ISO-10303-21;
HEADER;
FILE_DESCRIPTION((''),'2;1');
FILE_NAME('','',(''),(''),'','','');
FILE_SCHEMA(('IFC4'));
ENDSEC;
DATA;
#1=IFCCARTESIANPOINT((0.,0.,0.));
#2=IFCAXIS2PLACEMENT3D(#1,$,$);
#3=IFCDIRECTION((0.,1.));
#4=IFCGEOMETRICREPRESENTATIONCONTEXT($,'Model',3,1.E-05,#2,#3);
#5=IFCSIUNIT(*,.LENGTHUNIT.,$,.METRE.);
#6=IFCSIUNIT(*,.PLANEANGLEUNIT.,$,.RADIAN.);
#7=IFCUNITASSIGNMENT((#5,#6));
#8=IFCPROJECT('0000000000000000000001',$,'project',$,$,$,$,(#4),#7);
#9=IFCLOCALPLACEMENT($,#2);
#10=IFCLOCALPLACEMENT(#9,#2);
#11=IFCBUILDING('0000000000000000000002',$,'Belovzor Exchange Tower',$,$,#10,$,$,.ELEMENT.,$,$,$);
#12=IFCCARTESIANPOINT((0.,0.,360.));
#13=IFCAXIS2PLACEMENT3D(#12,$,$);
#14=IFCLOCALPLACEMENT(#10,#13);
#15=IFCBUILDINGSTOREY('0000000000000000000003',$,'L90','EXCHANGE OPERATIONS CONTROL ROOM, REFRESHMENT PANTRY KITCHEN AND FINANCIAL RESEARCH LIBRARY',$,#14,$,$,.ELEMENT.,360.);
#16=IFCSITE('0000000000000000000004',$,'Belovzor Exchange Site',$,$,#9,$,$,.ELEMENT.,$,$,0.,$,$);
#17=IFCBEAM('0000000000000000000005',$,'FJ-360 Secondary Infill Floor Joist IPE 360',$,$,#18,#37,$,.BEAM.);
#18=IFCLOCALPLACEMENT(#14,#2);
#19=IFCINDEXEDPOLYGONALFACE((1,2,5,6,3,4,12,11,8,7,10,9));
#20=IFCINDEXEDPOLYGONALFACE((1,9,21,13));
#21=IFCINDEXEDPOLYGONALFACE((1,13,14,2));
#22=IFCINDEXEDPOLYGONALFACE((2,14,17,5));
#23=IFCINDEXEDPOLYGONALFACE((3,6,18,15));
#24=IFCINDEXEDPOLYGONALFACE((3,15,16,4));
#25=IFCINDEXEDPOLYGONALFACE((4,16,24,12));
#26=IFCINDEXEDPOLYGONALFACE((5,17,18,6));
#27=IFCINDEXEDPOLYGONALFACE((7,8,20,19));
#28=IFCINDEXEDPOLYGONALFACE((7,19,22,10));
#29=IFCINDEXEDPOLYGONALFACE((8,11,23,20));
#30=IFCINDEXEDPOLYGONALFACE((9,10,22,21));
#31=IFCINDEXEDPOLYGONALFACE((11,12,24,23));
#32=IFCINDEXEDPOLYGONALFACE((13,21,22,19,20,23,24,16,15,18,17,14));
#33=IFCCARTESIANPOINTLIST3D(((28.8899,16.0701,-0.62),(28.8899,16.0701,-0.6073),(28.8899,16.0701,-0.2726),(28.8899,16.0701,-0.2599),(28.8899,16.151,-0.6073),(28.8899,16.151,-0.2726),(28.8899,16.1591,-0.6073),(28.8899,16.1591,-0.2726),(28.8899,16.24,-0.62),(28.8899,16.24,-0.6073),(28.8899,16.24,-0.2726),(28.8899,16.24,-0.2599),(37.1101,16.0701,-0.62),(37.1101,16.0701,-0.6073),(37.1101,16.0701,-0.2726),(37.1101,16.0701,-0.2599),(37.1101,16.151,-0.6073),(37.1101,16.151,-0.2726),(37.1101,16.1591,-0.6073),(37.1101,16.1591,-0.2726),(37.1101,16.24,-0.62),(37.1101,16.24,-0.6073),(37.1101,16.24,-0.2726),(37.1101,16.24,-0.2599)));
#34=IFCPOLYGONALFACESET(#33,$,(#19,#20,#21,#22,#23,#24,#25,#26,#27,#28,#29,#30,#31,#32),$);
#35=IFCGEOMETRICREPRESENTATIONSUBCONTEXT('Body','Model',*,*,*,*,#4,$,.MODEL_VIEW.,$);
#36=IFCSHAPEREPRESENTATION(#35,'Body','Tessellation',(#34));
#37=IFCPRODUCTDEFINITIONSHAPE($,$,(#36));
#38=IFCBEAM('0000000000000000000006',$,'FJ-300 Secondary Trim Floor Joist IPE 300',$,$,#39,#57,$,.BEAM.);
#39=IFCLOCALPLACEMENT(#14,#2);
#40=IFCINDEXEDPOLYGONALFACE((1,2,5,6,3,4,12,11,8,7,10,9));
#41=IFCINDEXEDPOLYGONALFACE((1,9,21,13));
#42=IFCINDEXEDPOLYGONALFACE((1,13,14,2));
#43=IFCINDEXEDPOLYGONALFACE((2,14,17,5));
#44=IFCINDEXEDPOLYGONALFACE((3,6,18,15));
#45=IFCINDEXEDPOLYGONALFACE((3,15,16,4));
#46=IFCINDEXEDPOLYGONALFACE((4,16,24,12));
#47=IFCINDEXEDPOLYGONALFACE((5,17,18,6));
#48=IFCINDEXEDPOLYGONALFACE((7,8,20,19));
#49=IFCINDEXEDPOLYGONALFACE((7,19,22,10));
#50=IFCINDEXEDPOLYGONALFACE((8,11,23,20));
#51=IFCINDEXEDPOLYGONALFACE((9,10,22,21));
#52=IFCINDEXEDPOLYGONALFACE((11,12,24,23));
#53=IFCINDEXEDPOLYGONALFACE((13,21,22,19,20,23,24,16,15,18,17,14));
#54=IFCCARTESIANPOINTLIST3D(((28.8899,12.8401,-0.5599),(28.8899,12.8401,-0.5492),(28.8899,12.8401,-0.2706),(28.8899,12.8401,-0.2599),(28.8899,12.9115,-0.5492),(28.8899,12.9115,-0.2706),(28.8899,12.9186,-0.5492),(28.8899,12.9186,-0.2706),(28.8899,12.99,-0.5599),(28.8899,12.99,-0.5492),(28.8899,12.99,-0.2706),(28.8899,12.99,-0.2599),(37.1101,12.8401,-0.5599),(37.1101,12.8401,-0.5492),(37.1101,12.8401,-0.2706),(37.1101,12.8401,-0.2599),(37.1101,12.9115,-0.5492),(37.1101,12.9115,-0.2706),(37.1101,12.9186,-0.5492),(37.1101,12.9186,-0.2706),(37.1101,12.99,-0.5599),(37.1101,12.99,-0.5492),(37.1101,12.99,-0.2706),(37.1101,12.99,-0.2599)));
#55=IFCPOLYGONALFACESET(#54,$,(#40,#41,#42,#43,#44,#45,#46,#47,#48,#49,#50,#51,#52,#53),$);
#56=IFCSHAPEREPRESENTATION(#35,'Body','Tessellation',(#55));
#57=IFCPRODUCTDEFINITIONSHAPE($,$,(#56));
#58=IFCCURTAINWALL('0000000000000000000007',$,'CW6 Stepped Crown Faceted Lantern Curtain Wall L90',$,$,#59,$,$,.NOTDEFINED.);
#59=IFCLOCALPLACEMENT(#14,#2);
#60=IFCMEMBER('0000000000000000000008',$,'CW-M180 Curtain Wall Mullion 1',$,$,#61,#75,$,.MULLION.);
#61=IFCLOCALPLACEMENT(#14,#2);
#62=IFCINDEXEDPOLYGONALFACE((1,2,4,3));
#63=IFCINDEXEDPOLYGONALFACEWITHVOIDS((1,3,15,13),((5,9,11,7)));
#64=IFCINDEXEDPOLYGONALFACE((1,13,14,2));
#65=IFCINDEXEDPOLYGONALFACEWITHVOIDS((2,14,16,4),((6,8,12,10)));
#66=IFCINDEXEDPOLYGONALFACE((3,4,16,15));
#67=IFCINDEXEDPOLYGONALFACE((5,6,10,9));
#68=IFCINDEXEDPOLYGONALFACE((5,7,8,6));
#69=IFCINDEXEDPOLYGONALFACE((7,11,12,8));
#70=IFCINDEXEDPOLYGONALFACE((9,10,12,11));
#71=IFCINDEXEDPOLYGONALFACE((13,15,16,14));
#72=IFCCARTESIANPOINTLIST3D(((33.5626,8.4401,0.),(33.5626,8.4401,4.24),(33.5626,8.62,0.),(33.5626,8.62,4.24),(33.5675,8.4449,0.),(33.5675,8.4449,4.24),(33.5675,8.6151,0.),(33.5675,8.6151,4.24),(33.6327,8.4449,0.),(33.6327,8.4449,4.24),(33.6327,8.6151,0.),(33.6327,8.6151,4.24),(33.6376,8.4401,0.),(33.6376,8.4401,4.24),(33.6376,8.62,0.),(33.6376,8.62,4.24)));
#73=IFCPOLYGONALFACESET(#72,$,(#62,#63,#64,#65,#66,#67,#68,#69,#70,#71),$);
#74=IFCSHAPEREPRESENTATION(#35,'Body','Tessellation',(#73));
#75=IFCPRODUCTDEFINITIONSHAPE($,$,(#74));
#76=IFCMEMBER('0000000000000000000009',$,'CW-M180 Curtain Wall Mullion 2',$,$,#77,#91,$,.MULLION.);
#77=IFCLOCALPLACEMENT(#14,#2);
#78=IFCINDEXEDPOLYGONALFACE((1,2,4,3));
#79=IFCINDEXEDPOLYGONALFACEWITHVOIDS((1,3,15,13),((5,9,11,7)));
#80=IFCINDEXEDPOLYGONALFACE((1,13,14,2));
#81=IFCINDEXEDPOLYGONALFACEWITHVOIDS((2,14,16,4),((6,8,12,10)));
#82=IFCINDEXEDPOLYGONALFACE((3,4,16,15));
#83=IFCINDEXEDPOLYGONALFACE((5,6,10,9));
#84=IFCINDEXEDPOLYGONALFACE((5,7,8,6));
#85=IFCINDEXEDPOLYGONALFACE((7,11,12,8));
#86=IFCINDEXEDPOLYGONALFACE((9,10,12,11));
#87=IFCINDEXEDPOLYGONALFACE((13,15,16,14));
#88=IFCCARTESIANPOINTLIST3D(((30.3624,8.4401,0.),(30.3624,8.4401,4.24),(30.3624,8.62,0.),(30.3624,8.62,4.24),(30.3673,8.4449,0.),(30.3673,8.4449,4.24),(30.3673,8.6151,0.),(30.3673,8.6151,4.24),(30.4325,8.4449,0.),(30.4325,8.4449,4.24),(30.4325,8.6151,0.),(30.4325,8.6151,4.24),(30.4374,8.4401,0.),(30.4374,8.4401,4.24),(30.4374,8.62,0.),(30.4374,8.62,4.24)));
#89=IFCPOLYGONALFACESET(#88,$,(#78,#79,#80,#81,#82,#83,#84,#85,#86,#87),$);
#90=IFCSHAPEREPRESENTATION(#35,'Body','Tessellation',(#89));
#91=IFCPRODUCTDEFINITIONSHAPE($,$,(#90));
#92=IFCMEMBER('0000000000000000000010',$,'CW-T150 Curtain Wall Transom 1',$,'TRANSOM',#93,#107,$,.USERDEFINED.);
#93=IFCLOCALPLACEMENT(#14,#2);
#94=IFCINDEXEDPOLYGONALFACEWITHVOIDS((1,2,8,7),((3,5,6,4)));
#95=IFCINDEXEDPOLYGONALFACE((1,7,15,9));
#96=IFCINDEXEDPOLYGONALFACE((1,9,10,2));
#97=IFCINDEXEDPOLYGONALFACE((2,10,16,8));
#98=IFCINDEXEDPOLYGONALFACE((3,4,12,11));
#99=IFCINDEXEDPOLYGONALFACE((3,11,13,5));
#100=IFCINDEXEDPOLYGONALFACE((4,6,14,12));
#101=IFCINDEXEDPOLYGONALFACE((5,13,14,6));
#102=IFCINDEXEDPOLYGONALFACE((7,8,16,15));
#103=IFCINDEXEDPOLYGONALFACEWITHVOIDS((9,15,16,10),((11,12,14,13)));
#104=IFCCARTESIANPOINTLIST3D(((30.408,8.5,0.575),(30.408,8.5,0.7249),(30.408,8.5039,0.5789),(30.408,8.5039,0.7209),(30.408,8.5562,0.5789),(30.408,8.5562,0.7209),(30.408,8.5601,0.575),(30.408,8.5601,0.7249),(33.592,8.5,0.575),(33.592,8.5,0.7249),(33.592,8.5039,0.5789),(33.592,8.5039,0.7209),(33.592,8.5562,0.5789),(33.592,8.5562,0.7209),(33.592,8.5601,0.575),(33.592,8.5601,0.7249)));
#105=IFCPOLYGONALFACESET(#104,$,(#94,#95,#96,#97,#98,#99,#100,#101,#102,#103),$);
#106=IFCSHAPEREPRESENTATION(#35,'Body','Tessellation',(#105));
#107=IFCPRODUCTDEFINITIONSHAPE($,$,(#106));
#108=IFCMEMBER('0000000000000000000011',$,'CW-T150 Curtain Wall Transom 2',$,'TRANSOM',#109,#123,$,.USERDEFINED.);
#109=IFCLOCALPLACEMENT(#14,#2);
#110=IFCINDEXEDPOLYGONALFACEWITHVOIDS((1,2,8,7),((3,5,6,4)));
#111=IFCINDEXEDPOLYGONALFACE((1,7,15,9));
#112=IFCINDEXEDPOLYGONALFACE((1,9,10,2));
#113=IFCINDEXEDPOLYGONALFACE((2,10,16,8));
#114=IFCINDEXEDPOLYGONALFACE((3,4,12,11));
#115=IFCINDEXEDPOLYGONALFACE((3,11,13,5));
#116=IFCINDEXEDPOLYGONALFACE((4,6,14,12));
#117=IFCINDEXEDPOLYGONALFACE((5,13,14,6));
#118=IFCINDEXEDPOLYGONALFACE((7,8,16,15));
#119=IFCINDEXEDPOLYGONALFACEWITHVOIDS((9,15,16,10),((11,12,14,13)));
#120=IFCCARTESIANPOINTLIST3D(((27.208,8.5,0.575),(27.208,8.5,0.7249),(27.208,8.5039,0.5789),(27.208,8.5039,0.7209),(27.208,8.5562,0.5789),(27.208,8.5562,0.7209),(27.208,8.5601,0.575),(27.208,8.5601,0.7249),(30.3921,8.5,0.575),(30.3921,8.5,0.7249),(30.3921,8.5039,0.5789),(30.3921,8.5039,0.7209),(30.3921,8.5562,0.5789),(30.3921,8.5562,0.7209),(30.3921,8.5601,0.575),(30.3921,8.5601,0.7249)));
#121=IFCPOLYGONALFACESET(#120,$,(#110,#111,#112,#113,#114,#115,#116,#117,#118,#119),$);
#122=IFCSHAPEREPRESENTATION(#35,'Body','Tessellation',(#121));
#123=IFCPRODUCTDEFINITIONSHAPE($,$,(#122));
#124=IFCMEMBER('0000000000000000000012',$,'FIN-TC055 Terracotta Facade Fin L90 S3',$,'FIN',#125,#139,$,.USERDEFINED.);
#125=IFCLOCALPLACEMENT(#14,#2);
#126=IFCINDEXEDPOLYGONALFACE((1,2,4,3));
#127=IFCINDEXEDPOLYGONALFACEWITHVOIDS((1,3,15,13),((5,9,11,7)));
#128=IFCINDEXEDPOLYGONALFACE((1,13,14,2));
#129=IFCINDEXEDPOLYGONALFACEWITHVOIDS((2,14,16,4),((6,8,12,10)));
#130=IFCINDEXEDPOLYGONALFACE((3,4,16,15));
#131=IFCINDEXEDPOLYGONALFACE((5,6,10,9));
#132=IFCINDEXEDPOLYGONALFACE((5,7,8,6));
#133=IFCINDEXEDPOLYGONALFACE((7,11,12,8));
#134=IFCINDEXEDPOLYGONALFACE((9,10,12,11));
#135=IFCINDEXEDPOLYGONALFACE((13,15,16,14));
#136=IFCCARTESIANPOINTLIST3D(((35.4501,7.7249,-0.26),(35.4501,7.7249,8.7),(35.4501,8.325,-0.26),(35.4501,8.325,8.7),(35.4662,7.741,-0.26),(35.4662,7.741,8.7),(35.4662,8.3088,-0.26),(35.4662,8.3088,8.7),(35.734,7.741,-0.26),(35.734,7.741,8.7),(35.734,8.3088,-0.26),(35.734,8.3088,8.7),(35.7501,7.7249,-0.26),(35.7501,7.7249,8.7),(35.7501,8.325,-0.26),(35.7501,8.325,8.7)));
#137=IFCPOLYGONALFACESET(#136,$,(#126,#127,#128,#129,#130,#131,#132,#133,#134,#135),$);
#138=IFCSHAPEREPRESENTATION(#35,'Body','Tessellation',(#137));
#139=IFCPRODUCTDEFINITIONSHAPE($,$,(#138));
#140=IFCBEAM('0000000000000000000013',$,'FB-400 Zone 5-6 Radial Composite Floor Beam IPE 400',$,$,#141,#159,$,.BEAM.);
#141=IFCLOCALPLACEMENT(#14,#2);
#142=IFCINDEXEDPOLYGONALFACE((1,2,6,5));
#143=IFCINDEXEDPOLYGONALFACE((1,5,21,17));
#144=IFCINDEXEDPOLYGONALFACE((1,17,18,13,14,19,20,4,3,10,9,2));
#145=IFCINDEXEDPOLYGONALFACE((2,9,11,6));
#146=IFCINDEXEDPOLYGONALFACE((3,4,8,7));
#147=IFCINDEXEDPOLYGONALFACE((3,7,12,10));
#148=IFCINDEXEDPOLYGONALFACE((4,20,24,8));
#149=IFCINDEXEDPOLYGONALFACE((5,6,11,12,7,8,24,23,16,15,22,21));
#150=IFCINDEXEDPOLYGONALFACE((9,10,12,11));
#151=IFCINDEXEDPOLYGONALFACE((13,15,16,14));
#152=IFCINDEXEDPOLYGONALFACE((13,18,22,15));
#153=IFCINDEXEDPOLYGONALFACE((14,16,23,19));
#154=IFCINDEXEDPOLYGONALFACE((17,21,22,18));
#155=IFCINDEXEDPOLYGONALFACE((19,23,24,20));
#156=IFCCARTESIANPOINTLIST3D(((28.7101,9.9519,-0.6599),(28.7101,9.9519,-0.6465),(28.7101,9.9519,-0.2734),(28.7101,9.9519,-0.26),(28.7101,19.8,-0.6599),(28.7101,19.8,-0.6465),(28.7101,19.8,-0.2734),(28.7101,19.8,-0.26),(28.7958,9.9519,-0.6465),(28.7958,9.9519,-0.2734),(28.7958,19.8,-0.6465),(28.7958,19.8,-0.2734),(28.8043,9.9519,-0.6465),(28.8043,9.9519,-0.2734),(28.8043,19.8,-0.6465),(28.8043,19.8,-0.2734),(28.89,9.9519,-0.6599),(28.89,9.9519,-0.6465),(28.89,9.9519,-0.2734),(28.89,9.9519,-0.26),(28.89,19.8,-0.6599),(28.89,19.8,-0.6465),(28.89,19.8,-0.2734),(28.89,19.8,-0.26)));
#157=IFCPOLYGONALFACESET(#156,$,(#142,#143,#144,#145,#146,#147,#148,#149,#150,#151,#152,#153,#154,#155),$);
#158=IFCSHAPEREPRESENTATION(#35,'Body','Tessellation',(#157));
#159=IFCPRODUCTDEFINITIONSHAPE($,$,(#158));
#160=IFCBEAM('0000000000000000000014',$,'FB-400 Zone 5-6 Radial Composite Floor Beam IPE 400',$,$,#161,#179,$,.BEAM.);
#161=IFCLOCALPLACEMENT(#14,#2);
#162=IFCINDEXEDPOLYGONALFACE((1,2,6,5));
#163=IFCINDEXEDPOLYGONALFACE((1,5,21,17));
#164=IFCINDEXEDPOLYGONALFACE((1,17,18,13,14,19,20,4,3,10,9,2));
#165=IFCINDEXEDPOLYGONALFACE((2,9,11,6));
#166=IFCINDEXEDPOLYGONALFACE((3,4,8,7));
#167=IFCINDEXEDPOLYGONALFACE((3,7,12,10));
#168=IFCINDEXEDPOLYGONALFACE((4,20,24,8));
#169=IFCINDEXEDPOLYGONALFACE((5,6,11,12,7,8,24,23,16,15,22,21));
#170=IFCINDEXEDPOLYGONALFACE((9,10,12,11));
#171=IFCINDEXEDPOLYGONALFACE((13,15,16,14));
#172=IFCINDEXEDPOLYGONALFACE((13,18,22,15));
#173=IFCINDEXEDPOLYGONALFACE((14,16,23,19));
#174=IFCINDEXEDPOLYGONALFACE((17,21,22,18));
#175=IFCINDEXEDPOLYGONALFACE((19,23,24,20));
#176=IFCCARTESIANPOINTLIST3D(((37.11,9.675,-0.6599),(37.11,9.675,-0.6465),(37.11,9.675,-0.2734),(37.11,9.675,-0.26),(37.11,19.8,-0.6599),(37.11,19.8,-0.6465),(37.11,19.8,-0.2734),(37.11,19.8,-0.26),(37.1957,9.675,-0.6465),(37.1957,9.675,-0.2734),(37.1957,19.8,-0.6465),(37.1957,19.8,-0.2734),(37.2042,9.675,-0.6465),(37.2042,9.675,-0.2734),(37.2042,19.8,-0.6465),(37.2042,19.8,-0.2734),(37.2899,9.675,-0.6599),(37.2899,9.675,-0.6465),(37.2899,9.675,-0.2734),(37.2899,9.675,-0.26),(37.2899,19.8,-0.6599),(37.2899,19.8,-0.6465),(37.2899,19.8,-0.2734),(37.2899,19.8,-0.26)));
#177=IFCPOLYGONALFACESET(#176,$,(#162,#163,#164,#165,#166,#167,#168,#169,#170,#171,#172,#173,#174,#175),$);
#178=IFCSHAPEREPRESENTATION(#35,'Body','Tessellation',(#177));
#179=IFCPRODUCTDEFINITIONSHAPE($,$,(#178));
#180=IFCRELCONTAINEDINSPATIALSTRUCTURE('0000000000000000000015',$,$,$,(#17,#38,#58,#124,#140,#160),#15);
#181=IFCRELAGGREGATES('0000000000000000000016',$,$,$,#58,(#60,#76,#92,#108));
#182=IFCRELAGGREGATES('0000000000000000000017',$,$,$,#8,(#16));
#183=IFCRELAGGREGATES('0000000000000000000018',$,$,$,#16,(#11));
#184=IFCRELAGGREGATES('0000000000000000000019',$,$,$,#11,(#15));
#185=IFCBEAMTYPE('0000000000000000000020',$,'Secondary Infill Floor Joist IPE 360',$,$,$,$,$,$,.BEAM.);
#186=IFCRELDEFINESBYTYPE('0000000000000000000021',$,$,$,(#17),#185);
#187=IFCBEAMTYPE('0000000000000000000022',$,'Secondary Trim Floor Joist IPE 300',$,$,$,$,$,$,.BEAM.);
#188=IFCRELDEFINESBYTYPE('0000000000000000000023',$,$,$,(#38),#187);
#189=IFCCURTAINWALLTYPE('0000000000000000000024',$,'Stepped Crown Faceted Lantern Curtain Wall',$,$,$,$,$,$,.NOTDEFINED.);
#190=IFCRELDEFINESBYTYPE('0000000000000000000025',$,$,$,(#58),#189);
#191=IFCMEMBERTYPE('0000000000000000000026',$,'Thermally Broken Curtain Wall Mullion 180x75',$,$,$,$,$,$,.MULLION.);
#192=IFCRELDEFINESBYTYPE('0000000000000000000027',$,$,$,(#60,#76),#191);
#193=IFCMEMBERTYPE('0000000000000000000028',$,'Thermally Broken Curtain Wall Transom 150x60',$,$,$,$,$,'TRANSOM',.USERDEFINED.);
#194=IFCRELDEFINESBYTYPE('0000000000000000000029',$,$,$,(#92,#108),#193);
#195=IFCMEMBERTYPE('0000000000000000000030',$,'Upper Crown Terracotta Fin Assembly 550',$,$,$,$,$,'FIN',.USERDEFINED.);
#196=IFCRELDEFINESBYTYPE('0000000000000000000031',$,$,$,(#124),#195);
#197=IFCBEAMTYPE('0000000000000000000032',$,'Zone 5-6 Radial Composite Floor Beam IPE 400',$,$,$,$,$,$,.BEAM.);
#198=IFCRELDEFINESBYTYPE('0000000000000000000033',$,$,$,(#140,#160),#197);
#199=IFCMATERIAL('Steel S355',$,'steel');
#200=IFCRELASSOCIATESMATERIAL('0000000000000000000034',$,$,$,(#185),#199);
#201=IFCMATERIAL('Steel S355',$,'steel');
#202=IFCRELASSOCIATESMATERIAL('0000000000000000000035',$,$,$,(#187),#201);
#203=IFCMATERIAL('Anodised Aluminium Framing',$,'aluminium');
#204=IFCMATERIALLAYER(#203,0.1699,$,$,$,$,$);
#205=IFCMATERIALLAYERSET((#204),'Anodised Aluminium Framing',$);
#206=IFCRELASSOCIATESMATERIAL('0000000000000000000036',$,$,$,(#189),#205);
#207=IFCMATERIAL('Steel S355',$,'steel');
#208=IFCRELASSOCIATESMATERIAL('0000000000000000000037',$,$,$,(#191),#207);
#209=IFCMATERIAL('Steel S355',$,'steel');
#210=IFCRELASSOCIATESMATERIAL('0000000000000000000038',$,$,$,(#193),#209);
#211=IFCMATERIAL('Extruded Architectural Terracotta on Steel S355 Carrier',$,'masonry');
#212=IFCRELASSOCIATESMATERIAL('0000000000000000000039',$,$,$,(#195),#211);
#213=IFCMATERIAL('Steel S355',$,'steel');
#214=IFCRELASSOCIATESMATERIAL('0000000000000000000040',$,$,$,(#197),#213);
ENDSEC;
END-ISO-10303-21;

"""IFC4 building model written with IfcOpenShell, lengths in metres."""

from ifc_helpers import new_model, si_unit, direction, frame, origin, origin_2d, place, context, subcontext, project, spatial, hollow_rectangle, i_section, extrude, material, layer, layer_set, material_profile, profile_set, type_object, element, aggregate, save


model = new_model("IFC4")

# Units and contexts
model_context = context("Model", 3, precision=1e-05, world=origin(), true_north=direction((0.0, 1.0)))
body_context = subcontext(model_context, "Body", "Model", "MODEL_VIEW")
ifc_project = project(units=[si_unit("LENGTHUNIT", "METRE"), si_unit("PLANEANGLEUNIT", "RADIAN")], contexts=[model_context])

# Site, building, storey
site_placement = place(None, origin())
site = spatial("IfcSite", under=ifc_project, at=site_placement, Name="Belovzor Exchange Site", CompositionType="ELEMENT", RefElevation=0.0)
building_placement = place(site_placement, origin())
building = spatial("IfcBuilding", under=site, at=building_placement, Name="Belovzor Exchange Tower", CompositionType="ELEMENT")
storey_placement = place(building_placement, frame((0.0, 0.0, 360.0)))
storey = spatial("IfcBuildingStorey", under=building, at=storey_placement, Name="L90", Description="EXCHANGE OPERATIONS CONTROL ROOM, REFRESHMENT PANTRY KITCHEN AND FINANCIAL RESEARCH LIBRARY", CompositionType="ELEMENT", Elevation=360.0)

# Beams
ifc_material_1 = material(Name="Steel S355", Category="steel")
ifc_material_profile_1 = material_profile(ifc_material_1, i_section(OverallWidth=0.1699, OverallDepth=0.3601, WebThickness=0.0081, FlangeThickness=0.0127, at=origin_2d()))
ifc_profile_set_1 = profile_set([ifc_material_profile_1], Name="Steel S355")
beam_type_1 = type_object("IfcBeamType", Name="Secondary Infill Floor Joist IPE 360", PredefinedType="BEAM", material=ifc_profile_set_1)
beam_1_placement = place(storey_placement, frame((28.8899, 16.155, -0.4399), z_axis=(1.0, 0.0, 0.0), x_axis=(0.0, 1.0, 0.0)))
element("IfcBeam", 1, at=beam_1_placement, inside=storey, type_object=beam_type_1, Name="FJ-360 Secondary Infill Floor Joist IPE 360", PredefinedType="BEAM", context=body_context, shape_type="SweptSolid", body=[
    extrude(i_section(OverallWidth=0.1699, OverallDepth=0.3601, WebThickness=0.0081, FlangeThickness=0.0127, at=origin_2d()), origin(), (0.0, 0.0, 1.0), 8.2202),
])
ifc_material_2 = material(Name="Steel S355", Category="steel")
ifc_material_profile_2 = material_profile(ifc_material_2, i_section(OverallWidth=0.1499, OverallDepth=0.3, WebThickness=0.0071, FlangeThickness=0.0107, at=origin_2d()))
ifc_profile_set_2 = profile_set([ifc_material_profile_2], Name="Steel S355")
beam_type_2 = type_object("IfcBeamType", Name="Secondary Trim Floor Joist IPE 300", PredefinedType="BEAM", material=ifc_profile_set_2)
beam_2_placement = place(storey_placement, frame((28.8899, 12.915, -0.4099), z_axis=(1.0, 0.0, 0.0), x_axis=(0.0, 1.0, 0.0)))
element("IfcBeam", 2, at=beam_2_placement, inside=storey, type_object=beam_type_2, Name="FJ-300 Secondary Trim Floor Joist IPE 300", PredefinedType="BEAM", context=body_context, shape_type="SweptSolid", body=[
    extrude(i_section(OverallWidth=0.1499, OverallDepth=0.3, WebThickness=0.0071, FlangeThickness=0.0107, at=origin_2d()), origin(), (0.0, 0.0, 1.0), 8.2202),
])

# Curtain wall, members
ifc_material_3 = material(Name="Anodised Aluminium Framing", Category="aluminium")
ifc_layer_1 = layer(ifc_material_3, 0.1699)
ifc_layer_set_1 = layer_set([ifc_layer_1], Name="Anodised Aluminium Framing")
curtain_wall_type = type_object("IfcCurtainWallType", Name="Stepped Crown Faceted Lantern Curtain Wall", PredefinedType="NOTDEFINED", material=ifc_layer_set_1)
curtain_wall_placement = place(storey_placement, origin())
curtain_wall = element("IfcCurtainWall", 3, at=curtain_wall_placement, inside=storey, type_object=curtain_wall_type, Name="CW6 Stepped Crown Faceted Lantern Curtain Wall L90", PredefinedType="NOTDEFINED")
ifc_material_4 = material(Name="Steel S355", Category="steel")
ifc_material_profile_3 = material_profile(ifc_material_4, hollow_rectangle(XDim=0.075, YDim=0.1799, WallThickness=0.0049, at=origin_2d()))
ifc_profile_set_3 = profile_set([ifc_material_profile_3], Name="Steel S355")
member_type_1 = type_object("IfcMemberType", Name="Thermally Broken Curtain Wall Mullion 180x75", PredefinedType="MULLION", material=ifc_profile_set_3)
member_1_placement = place(storey_placement, frame((33.6001, 8.53, 0.0), z_axis=(0.0, 0.0, 1.0), x_axis=(-1.0, 0.0, 0.0)))
member_1 = element("IfcMember", 4, at=member_1_placement, type_object=member_type_1, Name="CW-M180 Curtain Wall Mullion 1", PredefinedType="MULLION", context=body_context, shape_type="SweptSolid", body=[
    extrude(hollow_rectangle(XDim=0.075, YDim=0.1799, WallThickness=0.0049, at=origin_2d()), origin(), (0.0, 0.0, 1.0), 4.24),
])
member_2_placement = place(storey_placement, frame((30.3999, 8.53, 0.0), z_axis=(0.0, 0.0, 1.0), x_axis=(-1.0, 0.0, 0.0)))
member_2 = element("IfcMember", 5, at=member_2_placement, type_object=member_type_1, Name="CW-M180 Curtain Wall Mullion 2", PredefinedType="MULLION", context=body_context, shape_type="SweptSolid", body=[
    extrude(hollow_rectangle(XDim=0.075, YDim=0.1799, WallThickness=0.0049, at=origin_2d()), origin(), (0.0, 0.0, 1.0), 4.24),
])
ifc_material_5 = material(Name="Steel S355", Category="steel")
ifc_material_profile_4 = material_profile(ifc_material_5, hollow_rectangle(XDim=0.0601, YDim=0.1499, WallThickness=0.0039, at=origin_2d()))
ifc_profile_set_4 = profile_set([ifc_material_profile_4], Name="Steel S355")
member_type_2 = type_object("IfcMemberType", Name="Thermally Broken Curtain Wall Transom 150x60", ElementType="TRANSOM", PredefinedType="USERDEFINED", material=ifc_profile_set_4)
member_3_placement = place(storey_placement, frame((33.592, 8.53, 0.6499), z_axis=(-1.0, 0.0, 0.0), x_axis=(0.0, -1.0, 0.0)))
member_3 = element("IfcMember", 6, at=member_3_placement, type_object=member_type_2, Name="CW-T150 Curtain Wall Transom 1", ObjectType="TRANSOM", PredefinedType="USERDEFINED", context=body_context, shape_type="SweptSolid", body=[
    extrude(hollow_rectangle(XDim=0.0601, YDim=0.1499, WallThickness=0.0039, at=origin_2d()), origin(), (0.0, 0.0, 1.0), 3.1841),
])
member_4_placement = place(storey_placement, frame((30.3921, 8.53, 0.6499), z_axis=(-1.0, 0.0, 0.0), x_axis=(0.0, -1.0, 0.0)))
member_4 = element("IfcMember", 7, at=member_4_placement, type_object=member_type_2, Name="CW-T150 Curtain Wall Transom 2", ObjectType="TRANSOM", PredefinedType="USERDEFINED", context=body_context, shape_type="SweptSolid", body=[
    extrude(hollow_rectangle(XDim=0.0601, YDim=0.1499, WallThickness=0.0039, at=origin_2d()), origin(), (0.0, 0.0, 1.0), 3.1841),
])

# Member
ifc_material_6 = material(Name="Extruded Architectural Terracotta on Steel S355 Carrier", Category="masonry")
ifc_material_profile_5 = material_profile(ifc_material_6, hollow_rectangle(XDim=0.3, YDim=0.6001, WallThickness=0.0161, at=origin_2d()))
ifc_profile_set_5 = profile_set([ifc_material_profile_5], Name="Extruded Architectural Terracotta on Steel S355 Carrier")
member_type_3 = type_object("IfcMemberType", Name="Upper Crown Terracotta Fin Assembly 550", ElementType="FIN", PredefinedType="USERDEFINED", material=ifc_profile_set_5)
member_5_placement = place(storey_placement, frame((35.6001, 8.0249, -0.26), z_axis=(0.0, 0.0, 1.0), x_axis=(1.0, 0.0, 0.0)))
element("IfcMember", 8, at=member_5_placement, inside=storey, type_object=member_type_3, Name="FIN-TC055 Terracotta Facade Fin L90 S3", ObjectType="FIN", PredefinedType="USERDEFINED", context=body_context, shape_type="SweptSolid", body=[
    extrude(hollow_rectangle(XDim=0.3, YDim=0.6001, WallThickness=0.0161, at=origin_2d()), origin(), (0.0, 0.0, 1.0), 8.96),
])

# Beams
ifc_material_7 = material(Name="Steel S355", Category="steel")
ifc_material_profile_6 = material_profile(ifc_material_7, i_section(OverallWidth=0.1799, OverallDepth=0.3999, WebThickness=0.0085, FlangeThickness=0.0134, at=origin_2d()))
ifc_profile_set_6 = profile_set([ifc_material_profile_6], Name="Steel S355")
beam_type_3 = type_object("IfcBeamType", Name="Zone 5-6 Radial Composite Floor Beam IPE 400", PredefinedType="BEAM", material=ifc_profile_set_6)
beam_3_placement = place(storey_placement, frame((28.8, 19.8, -0.46), z_axis=(0.0, -1.0, 0.0), x_axis=(1.0, 0.0, 0.0)))
element("IfcBeam", 9, at=beam_3_placement, inside=storey, type_object=beam_type_3, Name="FB-400 Zone 5-6 Radial Composite Floor Beam IPE 400", PredefinedType="BEAM", context=body_context, shape_type="SweptSolid", body=[
    extrude(i_section(OverallWidth=0.1799, OverallDepth=0.3999, WebThickness=0.0085, FlangeThickness=0.0134, at=origin_2d()), origin(), (0.0, 0.0, 1.0), 9.8481),
])
beam_4_placement = place(storey_placement, frame((37.2, 19.8, -0.46), z_axis=(0.0, -1.0, 0.0), x_axis=(1.0, 0.0, 0.0)))
element("IfcBeam", 10, at=beam_4_placement, inside=storey, type_object=beam_type_3, Name="FB-400 Zone 5-6 Radial Composite Floor Beam IPE 400", PredefinedType="BEAM", context=body_context, shape_type="SweptSolid", body=[
    extrude(i_section(OverallWidth=0.1799, OverallDepth=0.3999, WebThickness=0.0085, FlangeThickness=0.0134, at=origin_2d()), origin(), (0.0, 0.0, 1.0), 10.125),
])

aggregate(curtain_wall, [member_1, member_2, member_3, member_4])

save(model, "model.ifc")
